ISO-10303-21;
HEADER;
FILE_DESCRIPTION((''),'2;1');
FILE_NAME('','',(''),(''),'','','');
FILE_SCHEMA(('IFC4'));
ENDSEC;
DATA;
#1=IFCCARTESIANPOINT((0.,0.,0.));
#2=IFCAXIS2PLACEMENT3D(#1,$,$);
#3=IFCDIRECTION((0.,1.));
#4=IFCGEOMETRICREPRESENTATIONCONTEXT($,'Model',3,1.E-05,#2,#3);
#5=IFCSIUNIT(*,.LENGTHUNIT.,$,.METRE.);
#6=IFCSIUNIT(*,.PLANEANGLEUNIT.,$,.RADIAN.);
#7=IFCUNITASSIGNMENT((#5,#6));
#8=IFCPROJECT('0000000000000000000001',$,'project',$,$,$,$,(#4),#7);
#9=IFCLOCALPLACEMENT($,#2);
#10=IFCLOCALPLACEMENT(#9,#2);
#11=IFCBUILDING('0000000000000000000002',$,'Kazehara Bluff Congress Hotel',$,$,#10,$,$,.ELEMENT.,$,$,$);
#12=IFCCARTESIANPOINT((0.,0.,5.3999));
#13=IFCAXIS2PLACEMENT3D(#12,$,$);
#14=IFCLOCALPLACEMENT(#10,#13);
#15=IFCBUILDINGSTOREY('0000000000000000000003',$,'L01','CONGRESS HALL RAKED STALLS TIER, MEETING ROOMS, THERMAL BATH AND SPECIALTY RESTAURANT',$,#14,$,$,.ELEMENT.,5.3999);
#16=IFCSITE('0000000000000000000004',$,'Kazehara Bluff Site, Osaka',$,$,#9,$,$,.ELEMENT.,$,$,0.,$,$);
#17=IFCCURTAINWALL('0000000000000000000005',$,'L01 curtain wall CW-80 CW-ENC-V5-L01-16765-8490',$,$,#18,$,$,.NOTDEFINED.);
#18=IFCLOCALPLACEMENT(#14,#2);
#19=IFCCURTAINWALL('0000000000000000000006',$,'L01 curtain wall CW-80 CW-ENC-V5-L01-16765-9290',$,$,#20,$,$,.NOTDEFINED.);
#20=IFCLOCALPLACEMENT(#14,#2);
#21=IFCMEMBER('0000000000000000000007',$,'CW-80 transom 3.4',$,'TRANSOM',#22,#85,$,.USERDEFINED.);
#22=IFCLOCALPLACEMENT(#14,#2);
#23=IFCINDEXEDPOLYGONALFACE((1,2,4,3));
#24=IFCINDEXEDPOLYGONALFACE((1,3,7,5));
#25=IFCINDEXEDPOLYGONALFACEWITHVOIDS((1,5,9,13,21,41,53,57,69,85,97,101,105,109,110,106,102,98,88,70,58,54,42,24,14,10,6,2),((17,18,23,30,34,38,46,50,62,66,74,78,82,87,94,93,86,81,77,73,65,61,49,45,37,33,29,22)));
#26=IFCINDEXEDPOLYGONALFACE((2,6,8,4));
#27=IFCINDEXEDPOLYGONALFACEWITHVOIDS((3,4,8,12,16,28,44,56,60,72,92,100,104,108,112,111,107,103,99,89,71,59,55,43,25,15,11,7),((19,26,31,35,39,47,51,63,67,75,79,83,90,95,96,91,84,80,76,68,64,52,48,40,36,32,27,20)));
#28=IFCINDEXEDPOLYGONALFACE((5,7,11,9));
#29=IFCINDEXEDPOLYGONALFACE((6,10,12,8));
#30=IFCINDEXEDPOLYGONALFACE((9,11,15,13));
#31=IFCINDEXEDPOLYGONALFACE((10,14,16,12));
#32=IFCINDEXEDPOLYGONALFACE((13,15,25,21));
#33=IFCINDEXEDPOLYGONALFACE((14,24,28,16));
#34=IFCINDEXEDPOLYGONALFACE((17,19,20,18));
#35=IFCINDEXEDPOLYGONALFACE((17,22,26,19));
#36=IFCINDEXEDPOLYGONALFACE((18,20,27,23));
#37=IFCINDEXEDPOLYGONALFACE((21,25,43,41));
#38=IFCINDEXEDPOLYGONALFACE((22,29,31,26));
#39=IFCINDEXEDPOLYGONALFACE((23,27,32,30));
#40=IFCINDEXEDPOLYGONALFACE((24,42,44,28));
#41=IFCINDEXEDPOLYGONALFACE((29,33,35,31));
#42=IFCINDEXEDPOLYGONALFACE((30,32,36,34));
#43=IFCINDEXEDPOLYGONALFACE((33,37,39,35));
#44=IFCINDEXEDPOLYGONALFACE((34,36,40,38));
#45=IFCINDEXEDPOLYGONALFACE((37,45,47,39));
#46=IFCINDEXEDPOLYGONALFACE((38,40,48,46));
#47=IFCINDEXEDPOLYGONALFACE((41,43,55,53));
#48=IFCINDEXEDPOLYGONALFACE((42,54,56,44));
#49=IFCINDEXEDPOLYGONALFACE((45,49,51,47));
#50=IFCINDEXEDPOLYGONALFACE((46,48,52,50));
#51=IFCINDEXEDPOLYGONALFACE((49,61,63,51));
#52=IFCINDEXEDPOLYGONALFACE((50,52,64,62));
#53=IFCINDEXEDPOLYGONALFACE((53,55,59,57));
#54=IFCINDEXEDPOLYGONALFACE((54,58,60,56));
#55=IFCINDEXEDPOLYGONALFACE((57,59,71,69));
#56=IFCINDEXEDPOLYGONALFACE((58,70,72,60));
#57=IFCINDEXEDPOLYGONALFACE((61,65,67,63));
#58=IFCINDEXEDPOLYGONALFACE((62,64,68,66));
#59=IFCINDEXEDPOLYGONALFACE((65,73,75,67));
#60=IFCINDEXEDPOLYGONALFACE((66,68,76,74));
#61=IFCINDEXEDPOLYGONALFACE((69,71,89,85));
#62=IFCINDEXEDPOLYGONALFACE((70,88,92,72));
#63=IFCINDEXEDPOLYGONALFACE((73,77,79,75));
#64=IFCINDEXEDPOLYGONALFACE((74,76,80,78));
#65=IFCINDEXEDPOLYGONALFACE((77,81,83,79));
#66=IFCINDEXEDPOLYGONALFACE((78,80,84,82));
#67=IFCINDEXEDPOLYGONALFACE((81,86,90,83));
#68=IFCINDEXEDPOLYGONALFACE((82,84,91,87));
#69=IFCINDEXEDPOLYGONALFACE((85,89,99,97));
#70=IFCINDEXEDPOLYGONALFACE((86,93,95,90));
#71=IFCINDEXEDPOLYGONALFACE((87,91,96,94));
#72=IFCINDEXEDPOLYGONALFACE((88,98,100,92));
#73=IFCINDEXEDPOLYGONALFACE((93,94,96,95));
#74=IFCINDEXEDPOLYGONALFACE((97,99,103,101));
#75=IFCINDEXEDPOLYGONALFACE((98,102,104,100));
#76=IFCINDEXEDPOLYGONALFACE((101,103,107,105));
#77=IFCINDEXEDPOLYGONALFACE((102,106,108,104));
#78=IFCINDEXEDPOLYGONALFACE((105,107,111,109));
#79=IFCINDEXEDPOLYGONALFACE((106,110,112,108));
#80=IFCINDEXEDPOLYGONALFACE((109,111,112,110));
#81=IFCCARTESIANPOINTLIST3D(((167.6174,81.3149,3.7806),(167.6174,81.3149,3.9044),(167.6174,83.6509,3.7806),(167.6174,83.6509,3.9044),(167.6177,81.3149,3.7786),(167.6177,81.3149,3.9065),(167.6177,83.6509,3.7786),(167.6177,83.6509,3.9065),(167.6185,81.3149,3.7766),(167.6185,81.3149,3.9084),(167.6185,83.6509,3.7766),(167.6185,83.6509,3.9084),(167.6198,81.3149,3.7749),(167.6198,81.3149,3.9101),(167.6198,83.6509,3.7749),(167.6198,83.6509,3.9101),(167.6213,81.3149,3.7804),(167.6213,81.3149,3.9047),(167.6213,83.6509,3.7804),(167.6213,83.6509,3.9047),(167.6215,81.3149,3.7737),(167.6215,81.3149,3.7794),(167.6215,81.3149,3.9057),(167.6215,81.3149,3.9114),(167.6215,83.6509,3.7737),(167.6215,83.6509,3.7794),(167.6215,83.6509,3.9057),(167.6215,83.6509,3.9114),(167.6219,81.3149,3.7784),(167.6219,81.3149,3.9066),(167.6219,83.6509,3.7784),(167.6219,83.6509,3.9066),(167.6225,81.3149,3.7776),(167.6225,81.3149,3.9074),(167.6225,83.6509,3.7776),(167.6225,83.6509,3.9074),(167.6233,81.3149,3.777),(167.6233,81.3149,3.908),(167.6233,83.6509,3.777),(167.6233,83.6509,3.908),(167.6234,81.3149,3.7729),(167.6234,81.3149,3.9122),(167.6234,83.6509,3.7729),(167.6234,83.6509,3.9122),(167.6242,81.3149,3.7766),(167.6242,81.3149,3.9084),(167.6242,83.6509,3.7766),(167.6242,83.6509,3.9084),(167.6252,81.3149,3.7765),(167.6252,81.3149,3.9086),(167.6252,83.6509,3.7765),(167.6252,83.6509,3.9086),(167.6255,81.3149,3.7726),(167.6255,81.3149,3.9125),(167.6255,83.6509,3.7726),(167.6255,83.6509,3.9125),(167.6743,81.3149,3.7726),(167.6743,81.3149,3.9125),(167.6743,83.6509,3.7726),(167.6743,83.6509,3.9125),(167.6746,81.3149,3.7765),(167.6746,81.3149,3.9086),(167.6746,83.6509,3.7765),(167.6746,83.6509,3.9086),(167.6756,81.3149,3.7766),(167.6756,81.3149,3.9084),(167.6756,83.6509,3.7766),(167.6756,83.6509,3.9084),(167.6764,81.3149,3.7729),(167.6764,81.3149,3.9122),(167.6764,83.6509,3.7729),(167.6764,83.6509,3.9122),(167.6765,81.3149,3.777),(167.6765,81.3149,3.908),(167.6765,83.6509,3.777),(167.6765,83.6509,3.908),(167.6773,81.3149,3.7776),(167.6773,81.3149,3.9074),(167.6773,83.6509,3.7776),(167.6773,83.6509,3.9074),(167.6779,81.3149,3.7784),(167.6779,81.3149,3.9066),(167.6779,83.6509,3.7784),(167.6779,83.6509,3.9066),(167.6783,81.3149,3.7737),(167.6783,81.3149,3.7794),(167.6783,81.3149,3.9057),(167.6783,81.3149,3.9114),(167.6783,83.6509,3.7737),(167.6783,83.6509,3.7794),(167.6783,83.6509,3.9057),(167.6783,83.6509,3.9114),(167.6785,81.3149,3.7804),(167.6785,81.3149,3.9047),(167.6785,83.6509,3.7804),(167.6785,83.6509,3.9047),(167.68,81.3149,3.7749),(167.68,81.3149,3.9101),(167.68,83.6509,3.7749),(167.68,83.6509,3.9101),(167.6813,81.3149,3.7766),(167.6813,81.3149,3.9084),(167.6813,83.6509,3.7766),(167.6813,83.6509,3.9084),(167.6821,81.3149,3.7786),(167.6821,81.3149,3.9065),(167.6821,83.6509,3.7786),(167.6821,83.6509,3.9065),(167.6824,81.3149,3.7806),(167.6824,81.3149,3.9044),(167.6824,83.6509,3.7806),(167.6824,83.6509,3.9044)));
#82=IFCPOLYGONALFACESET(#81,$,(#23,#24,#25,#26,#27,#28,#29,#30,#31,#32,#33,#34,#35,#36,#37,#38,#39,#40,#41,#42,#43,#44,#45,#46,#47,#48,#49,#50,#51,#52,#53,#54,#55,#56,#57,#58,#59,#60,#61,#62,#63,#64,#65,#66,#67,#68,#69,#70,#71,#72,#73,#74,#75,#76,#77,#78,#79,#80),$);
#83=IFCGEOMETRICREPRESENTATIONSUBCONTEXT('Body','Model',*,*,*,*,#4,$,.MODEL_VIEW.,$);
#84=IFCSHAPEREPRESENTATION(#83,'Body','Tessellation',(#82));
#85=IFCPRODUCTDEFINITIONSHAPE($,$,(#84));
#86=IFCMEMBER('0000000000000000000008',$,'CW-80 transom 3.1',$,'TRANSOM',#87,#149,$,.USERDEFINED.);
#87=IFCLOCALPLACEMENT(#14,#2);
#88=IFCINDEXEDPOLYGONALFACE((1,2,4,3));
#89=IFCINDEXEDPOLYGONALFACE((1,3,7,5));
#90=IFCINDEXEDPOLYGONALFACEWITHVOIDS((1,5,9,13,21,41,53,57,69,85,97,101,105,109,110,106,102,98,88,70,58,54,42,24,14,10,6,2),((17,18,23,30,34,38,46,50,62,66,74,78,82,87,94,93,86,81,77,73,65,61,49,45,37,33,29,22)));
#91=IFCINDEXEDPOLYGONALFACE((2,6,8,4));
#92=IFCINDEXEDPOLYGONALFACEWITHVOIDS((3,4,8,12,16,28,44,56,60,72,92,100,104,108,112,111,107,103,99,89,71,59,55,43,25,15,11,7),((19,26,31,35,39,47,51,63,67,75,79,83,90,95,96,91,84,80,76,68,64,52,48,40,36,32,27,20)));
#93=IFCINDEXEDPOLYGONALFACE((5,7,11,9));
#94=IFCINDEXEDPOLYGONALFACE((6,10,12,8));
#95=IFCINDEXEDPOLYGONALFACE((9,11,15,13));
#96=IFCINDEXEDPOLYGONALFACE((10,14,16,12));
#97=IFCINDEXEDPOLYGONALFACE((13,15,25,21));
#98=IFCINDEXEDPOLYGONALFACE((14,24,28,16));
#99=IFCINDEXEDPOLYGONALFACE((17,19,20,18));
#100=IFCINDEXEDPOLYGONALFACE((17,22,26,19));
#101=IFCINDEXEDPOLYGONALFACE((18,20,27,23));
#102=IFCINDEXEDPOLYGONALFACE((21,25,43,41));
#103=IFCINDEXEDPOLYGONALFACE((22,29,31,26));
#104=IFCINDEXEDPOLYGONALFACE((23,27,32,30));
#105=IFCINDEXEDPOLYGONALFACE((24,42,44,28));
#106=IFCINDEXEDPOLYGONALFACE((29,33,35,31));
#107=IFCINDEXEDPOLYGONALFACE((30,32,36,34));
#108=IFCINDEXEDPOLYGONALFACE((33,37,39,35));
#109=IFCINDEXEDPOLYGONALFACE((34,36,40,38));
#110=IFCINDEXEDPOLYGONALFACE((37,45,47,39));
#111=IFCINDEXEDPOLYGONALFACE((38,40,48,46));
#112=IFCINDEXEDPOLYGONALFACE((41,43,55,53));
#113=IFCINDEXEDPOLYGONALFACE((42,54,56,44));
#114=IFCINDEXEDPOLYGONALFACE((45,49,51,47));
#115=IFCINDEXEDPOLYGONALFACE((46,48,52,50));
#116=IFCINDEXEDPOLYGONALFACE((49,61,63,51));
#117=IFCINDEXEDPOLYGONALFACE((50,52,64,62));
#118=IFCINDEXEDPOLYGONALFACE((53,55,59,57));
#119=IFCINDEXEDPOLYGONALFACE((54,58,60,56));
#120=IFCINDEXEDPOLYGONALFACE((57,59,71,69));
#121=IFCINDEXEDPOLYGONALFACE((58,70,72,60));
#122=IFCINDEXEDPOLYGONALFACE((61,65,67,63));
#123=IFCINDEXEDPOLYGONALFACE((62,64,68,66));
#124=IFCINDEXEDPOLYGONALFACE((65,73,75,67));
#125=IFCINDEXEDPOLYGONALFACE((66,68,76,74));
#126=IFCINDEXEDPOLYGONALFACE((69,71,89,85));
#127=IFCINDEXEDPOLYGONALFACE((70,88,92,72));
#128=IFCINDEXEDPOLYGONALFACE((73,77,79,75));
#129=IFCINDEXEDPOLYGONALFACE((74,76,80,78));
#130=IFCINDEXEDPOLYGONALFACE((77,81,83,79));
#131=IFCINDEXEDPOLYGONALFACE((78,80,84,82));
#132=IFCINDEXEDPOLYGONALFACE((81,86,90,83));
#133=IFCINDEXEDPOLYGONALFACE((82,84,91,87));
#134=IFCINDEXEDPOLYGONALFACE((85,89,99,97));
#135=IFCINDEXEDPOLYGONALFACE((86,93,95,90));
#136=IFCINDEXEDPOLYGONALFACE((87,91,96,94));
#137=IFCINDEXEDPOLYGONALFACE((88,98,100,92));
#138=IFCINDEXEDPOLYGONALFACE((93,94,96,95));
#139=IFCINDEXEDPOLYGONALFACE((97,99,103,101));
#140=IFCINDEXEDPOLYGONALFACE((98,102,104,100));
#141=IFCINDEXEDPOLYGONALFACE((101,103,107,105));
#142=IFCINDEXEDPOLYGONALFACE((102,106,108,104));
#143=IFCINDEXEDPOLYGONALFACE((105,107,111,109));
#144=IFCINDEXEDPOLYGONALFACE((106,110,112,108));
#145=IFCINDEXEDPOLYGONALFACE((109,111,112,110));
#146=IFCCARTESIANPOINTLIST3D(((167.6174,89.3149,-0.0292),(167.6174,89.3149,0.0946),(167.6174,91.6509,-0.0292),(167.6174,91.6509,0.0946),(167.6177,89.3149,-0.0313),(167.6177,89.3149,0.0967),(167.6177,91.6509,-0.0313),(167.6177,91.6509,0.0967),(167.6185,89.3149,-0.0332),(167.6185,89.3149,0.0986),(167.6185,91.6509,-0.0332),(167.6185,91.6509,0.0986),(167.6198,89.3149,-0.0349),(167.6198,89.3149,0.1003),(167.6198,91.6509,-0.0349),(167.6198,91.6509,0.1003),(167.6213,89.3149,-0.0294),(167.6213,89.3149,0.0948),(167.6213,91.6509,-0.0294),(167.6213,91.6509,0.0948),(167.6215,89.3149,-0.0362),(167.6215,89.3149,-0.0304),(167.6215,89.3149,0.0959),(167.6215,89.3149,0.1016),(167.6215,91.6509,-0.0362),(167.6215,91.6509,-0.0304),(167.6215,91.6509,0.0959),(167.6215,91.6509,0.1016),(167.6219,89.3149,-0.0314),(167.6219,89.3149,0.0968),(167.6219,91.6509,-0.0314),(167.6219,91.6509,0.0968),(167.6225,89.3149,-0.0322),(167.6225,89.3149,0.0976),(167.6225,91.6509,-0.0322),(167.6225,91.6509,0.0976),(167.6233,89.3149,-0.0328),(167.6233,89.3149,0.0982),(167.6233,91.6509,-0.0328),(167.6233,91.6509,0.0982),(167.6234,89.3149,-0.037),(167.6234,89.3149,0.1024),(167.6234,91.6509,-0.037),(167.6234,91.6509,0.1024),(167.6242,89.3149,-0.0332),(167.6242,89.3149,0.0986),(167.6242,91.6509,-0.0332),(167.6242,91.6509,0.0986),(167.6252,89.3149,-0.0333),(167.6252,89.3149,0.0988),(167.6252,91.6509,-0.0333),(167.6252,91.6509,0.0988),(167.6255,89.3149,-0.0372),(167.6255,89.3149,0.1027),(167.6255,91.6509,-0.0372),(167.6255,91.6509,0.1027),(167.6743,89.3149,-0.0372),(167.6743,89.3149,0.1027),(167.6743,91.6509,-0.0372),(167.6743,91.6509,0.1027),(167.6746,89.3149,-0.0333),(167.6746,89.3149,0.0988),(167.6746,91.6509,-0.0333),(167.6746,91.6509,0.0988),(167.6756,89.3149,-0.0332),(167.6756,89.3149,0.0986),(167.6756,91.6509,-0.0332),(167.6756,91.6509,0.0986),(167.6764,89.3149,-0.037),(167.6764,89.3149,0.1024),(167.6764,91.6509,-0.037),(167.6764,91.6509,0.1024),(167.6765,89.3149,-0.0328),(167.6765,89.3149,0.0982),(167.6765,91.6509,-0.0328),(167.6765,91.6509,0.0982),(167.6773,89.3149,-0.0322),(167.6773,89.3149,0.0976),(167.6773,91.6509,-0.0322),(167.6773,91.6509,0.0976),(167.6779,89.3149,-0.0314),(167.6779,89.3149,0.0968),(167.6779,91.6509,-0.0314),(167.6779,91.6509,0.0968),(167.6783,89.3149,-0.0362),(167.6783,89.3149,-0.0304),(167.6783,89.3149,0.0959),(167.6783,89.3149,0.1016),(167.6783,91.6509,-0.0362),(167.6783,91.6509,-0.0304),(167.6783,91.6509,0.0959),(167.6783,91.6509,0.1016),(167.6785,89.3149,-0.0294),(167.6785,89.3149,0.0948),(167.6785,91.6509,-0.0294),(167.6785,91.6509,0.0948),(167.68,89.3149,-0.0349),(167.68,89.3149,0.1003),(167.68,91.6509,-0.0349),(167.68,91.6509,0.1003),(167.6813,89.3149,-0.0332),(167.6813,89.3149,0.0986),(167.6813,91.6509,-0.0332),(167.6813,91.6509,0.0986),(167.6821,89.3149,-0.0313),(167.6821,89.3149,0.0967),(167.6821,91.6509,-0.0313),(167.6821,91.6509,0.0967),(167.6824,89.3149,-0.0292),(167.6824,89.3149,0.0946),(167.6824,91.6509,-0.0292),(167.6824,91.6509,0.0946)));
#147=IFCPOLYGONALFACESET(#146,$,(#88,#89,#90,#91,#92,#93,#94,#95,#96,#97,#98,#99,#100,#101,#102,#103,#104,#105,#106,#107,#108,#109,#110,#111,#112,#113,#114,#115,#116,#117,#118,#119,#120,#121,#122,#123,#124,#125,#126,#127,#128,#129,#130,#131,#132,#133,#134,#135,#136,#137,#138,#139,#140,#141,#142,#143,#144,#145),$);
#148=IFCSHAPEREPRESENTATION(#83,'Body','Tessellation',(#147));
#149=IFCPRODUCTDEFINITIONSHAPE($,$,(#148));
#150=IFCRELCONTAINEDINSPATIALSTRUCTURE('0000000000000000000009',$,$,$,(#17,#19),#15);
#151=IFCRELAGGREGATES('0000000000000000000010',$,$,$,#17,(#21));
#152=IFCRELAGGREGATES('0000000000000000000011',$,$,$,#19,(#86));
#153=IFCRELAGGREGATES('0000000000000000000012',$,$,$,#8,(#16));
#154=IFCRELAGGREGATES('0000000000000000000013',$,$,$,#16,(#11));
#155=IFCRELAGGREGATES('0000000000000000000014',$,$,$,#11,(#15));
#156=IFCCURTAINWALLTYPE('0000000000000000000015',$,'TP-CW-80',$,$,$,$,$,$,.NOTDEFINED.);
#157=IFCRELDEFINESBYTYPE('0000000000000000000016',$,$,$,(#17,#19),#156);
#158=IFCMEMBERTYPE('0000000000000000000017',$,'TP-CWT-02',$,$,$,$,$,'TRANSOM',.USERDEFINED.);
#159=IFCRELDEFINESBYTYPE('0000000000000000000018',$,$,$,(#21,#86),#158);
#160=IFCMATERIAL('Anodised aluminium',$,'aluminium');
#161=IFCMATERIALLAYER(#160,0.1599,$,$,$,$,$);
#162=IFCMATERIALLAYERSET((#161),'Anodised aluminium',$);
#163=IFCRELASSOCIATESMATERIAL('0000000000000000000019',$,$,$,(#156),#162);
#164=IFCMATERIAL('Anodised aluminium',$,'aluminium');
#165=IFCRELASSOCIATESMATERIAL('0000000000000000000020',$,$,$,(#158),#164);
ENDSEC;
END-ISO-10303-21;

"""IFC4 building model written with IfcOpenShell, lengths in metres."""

from ifc_helpers import new_model, si_unit, direction, frame, origin, origin_2d, place, context, subcontext, project, spatial, hollow_rectangle, extrude, material, layer, layer_set, material_profile, profile_set, type_object, element, aggregate, save


model = new_model("IFC4")

# Units and contexts
model_context = context("Model", 3, precision=1e-05, world=origin(), true_north=direction((0.0, 1.0)))
body_context = subcontext(model_context, "Body", "Model", "MODEL_VIEW")
ifc_project = project(units=[si_unit("LENGTHUNIT", "METRE"), si_unit("PLANEANGLEUNIT", "RADIAN")], contexts=[model_context])

# Site, building, storey
site_placement = place(None, origin())
site = spatial("IfcSite", under=ifc_project, at=site_placement, Name="Kazehara Bluff Site, Osaka", CompositionType="ELEMENT", RefElevation=0.0)
building_placement = place(site_placement, origin())
building = spatial("IfcBuilding", under=site, at=building_placement, Name="Kazehara Bluff Congress Hotel", CompositionType="ELEMENT")
storey_placement = place(building_placement, frame((0.0, 0.0, 5.3999)))
storey = spatial("IfcBuildingStorey", under=building, at=storey_placement, Name="L01", Description="CONGRESS HALL RAKED STALLS TIER, MEETING ROOMS, THERMAL BATH AND SPECIALTY RESTAURANT", CompositionType="ELEMENT", Elevation=5.3999)

# Curtain wall
ifc_material_1 = material(Name="Anodised aluminium", Category="aluminium")
ifc_layer_1 = layer(ifc_material_1, 0.1599)
ifc_layer_set_1 = layer_set([ifc_layer_1], Name="Anodised aluminium")
curtain_wall_type = type_object("IfcCurtainWallType", Name="TP-CW-80", PredefinedType="NOTDEFINED", material=ifc_layer_set_1)
curtain_wall_1_placement = place(storey_placement, origin())
curtain_wall_1 = element("IfcCurtainWall", 1, at=curtain_wall_1_placement, inside=storey, type_object=curtain_wall_type, Name="L01 curtain wall CW-80 CW-ENC-V5-L01-16765-8490", PredefinedType="NOTDEFINED")

# Curtain wall
curtain_wall_2_placement = place(storey_placement, origin())
curtain_wall_2 = element("IfcCurtainWall", 2, at=curtain_wall_2_placement, inside=storey, type_object=curtain_wall_type, Name="L01 curtain wall CW-80 CW-ENC-V5-L01-16765-9290", PredefinedType="NOTDEFINED")

# Members
ifc_material_2 = material(Name="Anodised aluminium", Category="aluminium")
ifc_material_profile_1 = material_profile(ifc_material_2, hollow_rectangle(XDim=0.0649, YDim=0.1399, WallThickness=0.0039, InnerFilletRadius=0.0039, OuterFilletRadius=0.0081, at=origin_2d()))
ifc_profile_set_1 = profile_set([ifc_material_profile_1], Name="Anodised aluminium")
member_type_1 = type_object("IfcMemberType", Name="TP-CWT-02", ElementType="TRANSOM", PredefinedType="USERDEFINED", material=ifc_profile_set_1)
member_1_placement = place(storey_placement, frame((167.6499, 83.6509, 3.8425), z_axis=(0.0, -1.0, 0.0), x_axis=(1.0, 0.0, 0.0)))
member_1 = element("IfcMember", 3, at=member_1_placement, type_object=member_type_1, Name="CW-80 transom 3.4", ObjectType="TRANSOM", PredefinedType="USERDEFINED", context=body_context, shape_type="SweptSolid", body=[
    extrude(hollow_rectangle(XDim=0.0649, YDim=0.1399, WallThickness=0.0039, InnerFilletRadius=0.0039, OuterFilletRadius=0.0081, at=origin_2d()), origin(), (0.0, 0.0, 1.0), 2.3359),
])
member_2_placement = place(storey_placement, frame((167.6499, 91.6509, 0.0327), z_axis=(0.0, -1.0, 0.0), x_axis=(1.0, 0.0, 0.0)))
member_2 = element("IfcMember", 4, at=member_2_placement, type_object=member_type_1, Name="CW-80 transom 3.1", ObjectType="TRANSOM", PredefinedType="USERDEFINED", context=body_context, shape_type="SweptSolid", body=[
    extrude(hollow_rectangle(XDim=0.0649, YDim=0.1399, WallThickness=0.0039, InnerFilletRadius=0.0039, OuterFilletRadius=0.0081, at=origin_2d()), origin(), (0.0, 0.0, 1.0), 2.3359),
])

aggregate(curtain_wall_1, [member_1])
aggregate(curtain_wall_2, [member_2])

save(model, "model.ifc")
